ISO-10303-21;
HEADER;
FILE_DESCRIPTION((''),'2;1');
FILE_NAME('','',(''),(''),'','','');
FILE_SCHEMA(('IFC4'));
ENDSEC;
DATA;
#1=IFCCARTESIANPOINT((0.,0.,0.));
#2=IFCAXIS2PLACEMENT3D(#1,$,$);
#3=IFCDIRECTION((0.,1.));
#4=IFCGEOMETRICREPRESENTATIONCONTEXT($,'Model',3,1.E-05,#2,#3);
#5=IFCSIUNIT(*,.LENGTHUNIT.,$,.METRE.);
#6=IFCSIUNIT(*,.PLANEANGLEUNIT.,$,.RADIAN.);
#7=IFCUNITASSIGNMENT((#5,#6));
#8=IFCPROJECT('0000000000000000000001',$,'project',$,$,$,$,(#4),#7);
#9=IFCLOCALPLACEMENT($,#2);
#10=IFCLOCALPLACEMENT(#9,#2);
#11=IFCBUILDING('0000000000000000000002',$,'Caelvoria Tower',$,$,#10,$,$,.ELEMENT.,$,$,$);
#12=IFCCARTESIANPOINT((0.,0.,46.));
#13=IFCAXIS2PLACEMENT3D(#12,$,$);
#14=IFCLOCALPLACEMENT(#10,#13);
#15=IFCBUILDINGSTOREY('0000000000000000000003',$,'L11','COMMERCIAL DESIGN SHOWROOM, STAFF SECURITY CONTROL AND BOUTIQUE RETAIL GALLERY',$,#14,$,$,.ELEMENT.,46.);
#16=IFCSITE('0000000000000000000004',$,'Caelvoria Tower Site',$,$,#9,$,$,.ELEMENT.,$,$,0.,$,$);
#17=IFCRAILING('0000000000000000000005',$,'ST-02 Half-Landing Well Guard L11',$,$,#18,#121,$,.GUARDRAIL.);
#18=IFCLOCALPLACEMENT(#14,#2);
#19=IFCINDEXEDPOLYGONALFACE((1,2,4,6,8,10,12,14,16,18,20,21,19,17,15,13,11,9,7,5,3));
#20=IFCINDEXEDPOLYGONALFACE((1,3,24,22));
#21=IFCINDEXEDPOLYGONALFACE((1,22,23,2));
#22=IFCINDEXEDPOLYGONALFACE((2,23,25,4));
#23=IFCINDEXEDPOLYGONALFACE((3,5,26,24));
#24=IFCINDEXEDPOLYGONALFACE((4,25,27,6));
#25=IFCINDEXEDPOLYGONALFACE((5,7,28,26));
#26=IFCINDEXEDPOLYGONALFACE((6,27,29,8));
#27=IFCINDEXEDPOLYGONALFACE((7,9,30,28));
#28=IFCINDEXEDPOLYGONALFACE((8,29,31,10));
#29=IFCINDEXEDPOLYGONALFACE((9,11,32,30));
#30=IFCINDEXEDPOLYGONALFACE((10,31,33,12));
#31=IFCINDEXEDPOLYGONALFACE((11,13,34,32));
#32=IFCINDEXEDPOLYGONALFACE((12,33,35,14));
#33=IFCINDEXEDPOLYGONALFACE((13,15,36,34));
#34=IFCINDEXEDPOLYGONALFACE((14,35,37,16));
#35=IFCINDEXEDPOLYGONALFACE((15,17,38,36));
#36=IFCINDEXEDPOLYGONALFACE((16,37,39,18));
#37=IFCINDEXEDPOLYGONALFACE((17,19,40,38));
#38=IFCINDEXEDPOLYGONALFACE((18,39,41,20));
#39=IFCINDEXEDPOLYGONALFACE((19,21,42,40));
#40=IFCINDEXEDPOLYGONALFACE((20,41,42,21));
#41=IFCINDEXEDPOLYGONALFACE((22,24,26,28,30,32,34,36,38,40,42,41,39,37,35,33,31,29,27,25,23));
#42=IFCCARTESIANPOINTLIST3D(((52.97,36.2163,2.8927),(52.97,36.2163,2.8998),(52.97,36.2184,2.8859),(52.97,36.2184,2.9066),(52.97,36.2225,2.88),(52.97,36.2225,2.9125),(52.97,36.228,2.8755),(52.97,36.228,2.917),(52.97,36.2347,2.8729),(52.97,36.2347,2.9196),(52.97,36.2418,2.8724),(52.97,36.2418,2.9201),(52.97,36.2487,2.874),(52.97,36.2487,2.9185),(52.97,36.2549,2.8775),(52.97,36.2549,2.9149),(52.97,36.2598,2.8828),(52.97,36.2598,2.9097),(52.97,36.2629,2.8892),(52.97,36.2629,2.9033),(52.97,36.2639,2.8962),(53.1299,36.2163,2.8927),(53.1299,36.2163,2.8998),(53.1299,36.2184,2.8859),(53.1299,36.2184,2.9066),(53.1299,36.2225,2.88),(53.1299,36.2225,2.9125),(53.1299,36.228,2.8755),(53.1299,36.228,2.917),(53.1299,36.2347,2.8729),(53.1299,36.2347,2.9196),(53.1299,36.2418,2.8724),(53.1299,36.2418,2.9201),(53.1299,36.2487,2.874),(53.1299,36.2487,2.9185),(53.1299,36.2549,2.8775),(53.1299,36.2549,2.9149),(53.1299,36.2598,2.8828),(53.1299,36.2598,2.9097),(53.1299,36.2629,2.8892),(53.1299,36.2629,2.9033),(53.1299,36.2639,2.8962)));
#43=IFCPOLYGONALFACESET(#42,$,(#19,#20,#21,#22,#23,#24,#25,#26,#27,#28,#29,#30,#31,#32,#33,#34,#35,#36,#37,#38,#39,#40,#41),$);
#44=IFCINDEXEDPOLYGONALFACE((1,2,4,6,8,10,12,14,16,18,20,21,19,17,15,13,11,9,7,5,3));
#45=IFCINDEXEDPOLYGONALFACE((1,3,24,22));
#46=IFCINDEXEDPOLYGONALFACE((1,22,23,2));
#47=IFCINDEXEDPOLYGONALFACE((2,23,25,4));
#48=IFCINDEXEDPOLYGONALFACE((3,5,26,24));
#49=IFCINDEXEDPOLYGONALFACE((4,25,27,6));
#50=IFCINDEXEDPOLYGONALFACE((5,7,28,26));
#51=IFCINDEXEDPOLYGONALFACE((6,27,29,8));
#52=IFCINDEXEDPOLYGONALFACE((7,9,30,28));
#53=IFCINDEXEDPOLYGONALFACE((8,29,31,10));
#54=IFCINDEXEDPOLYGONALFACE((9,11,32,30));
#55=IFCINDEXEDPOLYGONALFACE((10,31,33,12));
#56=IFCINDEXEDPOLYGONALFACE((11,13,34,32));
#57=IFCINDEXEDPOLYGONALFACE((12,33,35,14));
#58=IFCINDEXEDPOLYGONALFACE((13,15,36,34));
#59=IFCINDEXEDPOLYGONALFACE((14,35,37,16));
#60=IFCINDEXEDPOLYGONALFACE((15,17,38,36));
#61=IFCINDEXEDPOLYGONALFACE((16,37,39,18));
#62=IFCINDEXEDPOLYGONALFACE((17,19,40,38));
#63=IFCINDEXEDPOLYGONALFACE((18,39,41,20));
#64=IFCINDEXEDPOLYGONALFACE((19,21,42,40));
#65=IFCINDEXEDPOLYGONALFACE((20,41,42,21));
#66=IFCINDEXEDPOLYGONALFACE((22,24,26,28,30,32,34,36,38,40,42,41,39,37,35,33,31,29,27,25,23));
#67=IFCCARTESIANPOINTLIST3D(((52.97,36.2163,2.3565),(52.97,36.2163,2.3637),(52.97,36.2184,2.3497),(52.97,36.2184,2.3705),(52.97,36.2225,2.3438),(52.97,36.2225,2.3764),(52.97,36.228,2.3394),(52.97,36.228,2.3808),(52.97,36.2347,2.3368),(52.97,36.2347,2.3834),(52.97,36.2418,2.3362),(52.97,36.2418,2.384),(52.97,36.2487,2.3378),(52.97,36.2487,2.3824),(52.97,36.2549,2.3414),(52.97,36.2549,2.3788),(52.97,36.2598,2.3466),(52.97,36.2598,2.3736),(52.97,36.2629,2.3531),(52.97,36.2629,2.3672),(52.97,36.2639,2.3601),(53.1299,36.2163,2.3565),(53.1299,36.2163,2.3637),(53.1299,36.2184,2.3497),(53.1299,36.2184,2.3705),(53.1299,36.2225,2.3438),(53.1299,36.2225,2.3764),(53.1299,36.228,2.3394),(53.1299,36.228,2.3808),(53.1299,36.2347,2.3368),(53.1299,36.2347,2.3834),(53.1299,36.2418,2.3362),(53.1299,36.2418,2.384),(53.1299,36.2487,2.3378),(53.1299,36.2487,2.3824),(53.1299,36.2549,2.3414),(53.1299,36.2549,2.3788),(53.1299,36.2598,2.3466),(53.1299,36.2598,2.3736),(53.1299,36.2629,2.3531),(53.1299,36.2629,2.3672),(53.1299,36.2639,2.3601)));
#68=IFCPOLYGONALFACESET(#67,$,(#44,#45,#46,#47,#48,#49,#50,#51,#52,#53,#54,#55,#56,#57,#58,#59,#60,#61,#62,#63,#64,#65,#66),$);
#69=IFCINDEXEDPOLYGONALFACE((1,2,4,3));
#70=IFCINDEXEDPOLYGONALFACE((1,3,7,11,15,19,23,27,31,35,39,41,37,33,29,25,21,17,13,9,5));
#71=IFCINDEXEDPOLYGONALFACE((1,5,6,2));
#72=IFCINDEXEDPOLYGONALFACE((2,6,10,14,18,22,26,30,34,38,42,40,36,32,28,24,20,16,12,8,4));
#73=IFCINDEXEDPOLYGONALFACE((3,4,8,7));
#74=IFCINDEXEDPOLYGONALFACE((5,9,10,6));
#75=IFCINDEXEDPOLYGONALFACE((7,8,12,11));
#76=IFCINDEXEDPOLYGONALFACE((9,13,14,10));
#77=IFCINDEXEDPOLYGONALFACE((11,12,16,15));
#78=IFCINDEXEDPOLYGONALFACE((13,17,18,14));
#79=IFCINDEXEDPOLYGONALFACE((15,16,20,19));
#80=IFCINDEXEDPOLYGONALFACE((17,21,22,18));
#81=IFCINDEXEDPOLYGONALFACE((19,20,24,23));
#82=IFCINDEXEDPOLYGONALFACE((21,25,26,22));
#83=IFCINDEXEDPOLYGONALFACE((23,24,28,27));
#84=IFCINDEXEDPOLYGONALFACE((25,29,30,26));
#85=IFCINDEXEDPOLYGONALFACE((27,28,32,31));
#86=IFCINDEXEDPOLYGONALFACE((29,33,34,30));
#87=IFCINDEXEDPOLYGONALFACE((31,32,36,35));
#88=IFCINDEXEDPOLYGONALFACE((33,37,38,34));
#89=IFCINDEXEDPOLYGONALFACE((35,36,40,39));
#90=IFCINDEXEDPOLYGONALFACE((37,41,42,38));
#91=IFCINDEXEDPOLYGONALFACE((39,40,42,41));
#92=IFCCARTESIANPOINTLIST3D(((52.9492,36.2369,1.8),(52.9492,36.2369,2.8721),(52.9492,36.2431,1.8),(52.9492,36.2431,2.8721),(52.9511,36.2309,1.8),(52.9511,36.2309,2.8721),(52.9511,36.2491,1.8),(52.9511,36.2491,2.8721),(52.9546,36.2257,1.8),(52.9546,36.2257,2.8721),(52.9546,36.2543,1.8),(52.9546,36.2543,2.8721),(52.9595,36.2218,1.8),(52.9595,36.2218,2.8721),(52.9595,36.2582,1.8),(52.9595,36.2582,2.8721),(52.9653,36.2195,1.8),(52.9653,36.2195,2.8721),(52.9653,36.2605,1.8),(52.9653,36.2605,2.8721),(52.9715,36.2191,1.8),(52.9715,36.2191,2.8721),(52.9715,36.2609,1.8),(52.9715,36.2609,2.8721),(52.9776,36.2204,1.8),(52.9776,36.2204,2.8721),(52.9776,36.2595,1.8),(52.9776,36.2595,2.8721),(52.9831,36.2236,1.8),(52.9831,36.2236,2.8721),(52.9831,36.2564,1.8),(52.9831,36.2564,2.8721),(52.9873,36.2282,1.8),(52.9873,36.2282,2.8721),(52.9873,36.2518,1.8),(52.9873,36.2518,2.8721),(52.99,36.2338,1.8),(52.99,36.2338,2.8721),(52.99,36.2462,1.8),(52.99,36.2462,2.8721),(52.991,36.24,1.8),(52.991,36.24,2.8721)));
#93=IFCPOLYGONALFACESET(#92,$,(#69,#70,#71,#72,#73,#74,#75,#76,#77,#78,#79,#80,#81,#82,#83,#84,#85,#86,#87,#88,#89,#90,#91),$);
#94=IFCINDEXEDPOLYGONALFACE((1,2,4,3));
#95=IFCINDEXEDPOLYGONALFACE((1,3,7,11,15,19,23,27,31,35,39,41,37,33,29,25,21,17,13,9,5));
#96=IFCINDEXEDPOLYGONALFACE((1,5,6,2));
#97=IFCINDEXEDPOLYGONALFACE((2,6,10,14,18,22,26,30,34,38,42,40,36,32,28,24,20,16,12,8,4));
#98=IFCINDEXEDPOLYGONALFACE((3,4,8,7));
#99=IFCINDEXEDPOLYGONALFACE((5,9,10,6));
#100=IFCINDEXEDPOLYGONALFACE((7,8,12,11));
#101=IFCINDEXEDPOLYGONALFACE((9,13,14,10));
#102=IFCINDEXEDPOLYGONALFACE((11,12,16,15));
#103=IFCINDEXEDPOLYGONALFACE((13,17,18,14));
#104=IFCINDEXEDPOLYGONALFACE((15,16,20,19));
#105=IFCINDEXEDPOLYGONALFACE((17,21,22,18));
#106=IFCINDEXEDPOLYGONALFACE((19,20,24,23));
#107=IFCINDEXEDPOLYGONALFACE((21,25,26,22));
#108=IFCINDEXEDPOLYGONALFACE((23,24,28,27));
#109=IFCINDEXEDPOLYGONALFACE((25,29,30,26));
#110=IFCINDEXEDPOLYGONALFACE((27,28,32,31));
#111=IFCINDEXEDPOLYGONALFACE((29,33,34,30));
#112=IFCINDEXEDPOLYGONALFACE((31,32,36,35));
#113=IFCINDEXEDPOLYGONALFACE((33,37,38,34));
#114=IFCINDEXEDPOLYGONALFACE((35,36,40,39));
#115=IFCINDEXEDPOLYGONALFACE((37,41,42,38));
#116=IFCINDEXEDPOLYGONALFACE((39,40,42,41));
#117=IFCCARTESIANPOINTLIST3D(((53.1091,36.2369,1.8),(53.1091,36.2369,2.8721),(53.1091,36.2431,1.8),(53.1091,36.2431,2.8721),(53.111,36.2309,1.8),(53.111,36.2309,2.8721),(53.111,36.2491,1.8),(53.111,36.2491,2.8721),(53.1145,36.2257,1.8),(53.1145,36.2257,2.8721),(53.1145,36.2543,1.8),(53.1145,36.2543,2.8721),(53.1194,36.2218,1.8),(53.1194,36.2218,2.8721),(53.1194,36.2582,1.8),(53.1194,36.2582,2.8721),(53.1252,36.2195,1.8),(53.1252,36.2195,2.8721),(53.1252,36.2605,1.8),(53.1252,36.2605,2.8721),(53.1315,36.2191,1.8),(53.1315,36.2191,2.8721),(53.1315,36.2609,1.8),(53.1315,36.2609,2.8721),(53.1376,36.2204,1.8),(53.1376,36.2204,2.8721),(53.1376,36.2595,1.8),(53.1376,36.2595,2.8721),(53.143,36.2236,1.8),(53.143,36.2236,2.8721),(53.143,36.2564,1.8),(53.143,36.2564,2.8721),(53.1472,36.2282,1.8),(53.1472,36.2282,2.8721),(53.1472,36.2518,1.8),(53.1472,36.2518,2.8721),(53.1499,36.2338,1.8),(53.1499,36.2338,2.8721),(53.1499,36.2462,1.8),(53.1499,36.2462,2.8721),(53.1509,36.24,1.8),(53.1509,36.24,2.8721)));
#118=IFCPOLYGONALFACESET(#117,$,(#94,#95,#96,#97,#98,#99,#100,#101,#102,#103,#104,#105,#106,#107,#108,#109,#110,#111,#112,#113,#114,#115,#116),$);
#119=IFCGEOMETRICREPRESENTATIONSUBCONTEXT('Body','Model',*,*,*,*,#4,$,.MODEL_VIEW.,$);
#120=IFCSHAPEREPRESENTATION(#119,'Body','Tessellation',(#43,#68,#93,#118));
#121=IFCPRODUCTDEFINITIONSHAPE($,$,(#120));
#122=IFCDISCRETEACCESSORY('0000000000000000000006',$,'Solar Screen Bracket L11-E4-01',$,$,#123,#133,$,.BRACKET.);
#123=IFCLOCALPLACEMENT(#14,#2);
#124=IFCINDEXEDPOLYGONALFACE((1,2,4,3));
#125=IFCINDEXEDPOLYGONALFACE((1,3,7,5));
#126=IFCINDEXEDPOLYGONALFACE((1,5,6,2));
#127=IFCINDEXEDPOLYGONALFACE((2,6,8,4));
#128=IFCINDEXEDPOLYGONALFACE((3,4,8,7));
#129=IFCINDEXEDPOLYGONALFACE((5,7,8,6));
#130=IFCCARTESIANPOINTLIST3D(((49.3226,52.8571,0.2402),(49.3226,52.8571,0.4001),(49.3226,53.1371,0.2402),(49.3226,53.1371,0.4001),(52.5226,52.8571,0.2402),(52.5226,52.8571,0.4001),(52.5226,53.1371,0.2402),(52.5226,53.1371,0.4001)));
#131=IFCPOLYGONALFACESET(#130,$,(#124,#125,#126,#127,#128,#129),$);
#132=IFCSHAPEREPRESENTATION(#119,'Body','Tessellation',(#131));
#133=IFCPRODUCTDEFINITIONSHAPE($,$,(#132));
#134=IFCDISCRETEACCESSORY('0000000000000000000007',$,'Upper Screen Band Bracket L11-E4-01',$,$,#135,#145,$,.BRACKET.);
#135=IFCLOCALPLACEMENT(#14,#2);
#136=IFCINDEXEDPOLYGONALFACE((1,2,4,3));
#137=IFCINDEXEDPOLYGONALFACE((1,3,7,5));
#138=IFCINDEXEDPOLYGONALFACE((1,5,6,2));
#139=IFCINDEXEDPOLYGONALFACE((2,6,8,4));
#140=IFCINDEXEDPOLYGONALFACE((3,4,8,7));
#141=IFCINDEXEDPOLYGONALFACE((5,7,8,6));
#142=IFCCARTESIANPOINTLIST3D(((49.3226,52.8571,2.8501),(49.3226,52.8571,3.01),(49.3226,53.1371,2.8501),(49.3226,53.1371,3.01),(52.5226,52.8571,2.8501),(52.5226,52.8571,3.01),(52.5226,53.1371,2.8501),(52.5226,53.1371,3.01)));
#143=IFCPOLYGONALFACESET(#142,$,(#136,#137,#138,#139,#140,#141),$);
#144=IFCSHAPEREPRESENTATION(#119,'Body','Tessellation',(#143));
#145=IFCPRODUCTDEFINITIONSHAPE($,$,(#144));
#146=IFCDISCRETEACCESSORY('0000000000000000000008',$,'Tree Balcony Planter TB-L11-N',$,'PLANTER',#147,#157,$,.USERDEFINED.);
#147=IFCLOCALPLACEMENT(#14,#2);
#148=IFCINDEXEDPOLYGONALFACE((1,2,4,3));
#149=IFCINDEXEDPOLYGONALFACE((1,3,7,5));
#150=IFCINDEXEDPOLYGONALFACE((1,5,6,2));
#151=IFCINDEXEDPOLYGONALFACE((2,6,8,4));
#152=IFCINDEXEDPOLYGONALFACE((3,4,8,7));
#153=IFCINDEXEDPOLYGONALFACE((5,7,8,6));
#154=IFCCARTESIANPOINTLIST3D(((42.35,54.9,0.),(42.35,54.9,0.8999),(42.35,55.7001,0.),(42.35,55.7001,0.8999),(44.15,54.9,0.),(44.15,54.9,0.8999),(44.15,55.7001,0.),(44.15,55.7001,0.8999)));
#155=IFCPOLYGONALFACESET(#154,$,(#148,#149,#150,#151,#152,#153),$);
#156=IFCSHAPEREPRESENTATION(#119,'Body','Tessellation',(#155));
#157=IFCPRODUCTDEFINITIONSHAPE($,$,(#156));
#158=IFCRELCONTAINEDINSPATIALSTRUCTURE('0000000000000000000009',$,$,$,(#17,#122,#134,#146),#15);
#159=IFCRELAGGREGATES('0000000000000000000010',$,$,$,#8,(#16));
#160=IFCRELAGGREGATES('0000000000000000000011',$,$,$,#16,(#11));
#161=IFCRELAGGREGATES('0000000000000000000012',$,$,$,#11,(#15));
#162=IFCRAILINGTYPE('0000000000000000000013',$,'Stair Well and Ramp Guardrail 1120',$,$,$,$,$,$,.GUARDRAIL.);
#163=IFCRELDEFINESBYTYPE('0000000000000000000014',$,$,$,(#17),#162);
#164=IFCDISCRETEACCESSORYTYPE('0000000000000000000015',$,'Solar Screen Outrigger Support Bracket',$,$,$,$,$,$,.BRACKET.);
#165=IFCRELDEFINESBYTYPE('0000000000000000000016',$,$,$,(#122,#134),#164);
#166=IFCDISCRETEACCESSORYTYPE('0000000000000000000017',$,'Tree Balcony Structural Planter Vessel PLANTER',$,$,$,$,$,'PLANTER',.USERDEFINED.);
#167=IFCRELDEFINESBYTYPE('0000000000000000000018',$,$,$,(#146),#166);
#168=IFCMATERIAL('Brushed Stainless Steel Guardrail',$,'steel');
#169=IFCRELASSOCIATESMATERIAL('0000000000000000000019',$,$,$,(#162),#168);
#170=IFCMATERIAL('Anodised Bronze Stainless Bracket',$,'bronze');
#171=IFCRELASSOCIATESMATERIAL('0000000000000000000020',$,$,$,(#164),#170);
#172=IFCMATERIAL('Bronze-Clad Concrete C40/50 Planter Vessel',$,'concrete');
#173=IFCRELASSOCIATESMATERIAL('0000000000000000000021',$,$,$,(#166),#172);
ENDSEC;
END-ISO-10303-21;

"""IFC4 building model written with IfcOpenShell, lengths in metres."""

from ifc_helpers import new_model, si_unit, direction, frame, origin, origin_2d, place, context, subcontext, project, spatial, rectangle, circle, extrude, material, type_object, element, save


model = new_model("IFC4")

# Units and contexts
model_context = context("Model", 3, precision=1e-05, world=origin(), true_north=direction((0.0, 1.0)))
body_context = subcontext(model_context, "Body", "Model", "MODEL_VIEW")
ifc_project = project(units=[si_unit("LENGTHUNIT", "METRE"), si_unit("PLANEANGLEUNIT", "RADIAN")], contexts=[model_context])

# Site, building, storey
site_placement = place(None, origin())
site = spatial("IfcSite", under=ifc_project, at=site_placement, Name="Caelvoria Tower Site", CompositionType="ELEMENT", RefElevation=0.0)
building_placement = place(site_placement, origin())
building = spatial("IfcBuilding", under=site, at=building_placement, Name="Caelvoria Tower", CompositionType="ELEMENT")
storey_placement = place(building_placement, frame((0.0, 0.0, 46.0)))
storey = spatial("IfcBuildingStorey", under=building, at=storey_placement, Name="L11", Description="COMMERCIAL DESIGN SHOWROOM, STAFF SECURITY CONTROL AND BOUTIQUE RETAIL GALLERY", CompositionType="ELEMENT", Elevation=46.0)

# Railing
ifc_material_1 = material(Name="Brushed Stainless Steel Guardrail", Category="steel")
railing_type_1 = type_object("IfcRailingType", Name="Stair Well and Ramp Guardrail 1120", PredefinedType="GUARDRAIL", material=ifc_material_1)
railing_1_placement = place(storey_placement, frame((52.97, 36.24, 1.8)))
element("IfcRailing", 1, at=railing_1_placement, inside=storey, type_object=railing_type_1, Name="ST-02 Half-Landing Well Guard L11", PredefinedType="GUARDRAIL", context=body_context, shape_type="SweptSolid", body=[
    extrude(circle(Radius=0.0239, at=origin_2d()), frame((0.0, 0.0, 1.0962), z_axis=(1.0, 0.0, 0.0), x_axis=(0.0, 1.0, 0.0)), (0.0, 0.0, 1.0), 0.1599),
    extrude(circle(Radius=0.0239, at=origin_2d()), frame((0.0, 0.0, 0.5601), z_axis=(1.0, 0.0, 0.0), x_axis=(0.0, 1.0, 0.0)), (0.0, 0.0, 1.0), 0.1599),
    extrude(circle(Radius=0.021, at=origin_2d()), origin(), (0.0, 0.0, 1.0), 1.072),
    extrude(circle(Radius=0.021, at=origin_2d()), frame((0.1599, 0.0, 0.0)), (0.0, 0.0, 1.0), 1.072),
])

# Discrete accessories
ifc_material_2 = material(Name="Anodised Bronze Stainless Bracket", Category="bronze")
discrete_accessory_type_1 = type_object("IfcDiscreteAccessoryType", Name="Solar Screen Outrigger Support Bracket", PredefinedType="BRACKET", material=ifc_material_2)
for number, where, z_axis, x_axis, name in (
    (2, (50.9226, 52.9971, 0.2402), (0.0, 0.0, 1.0), (-1.0, 0.0, 0.0), "Solar Screen Bracket L11-E4-01"),
    (3, (50.9226, 52.9971, 2.8501), (0.0, 0.0, 1.0), (-1.0, 0.0, 0.0), "Upper Screen Band Bracket L11-E4-01"),
):
    element("IfcDiscreteAccessory", number, at=place(storey_placement, frame(where, z_axis=z_axis, x_axis=x_axis)), inside=storey, type_object=discrete_accessory_type_1, Name=name, PredefinedType="BRACKET", context=body_context, shape_type="SweptSolid", body=[
        extrude(rectangle(XDim=3.2, YDim=0.28, at=origin_2d()), origin(), (0.0, 0.0, 1.0), 0.1599),
    ])
ifc_material_3 = material(Name="Bronze-Clad Concrete C40/50 Planter Vessel", Category="concrete")
discrete_accessory_type_2 = type_object("IfcDiscreteAccessoryType", Name="Tree Balcony Structural Planter Vessel PLANTER", ElementType="PLANTER", PredefinedType="USERDEFINED", material=ifc_material_3)
discrete_accessory_placement = place(storey_placement, frame((43.25, 55.3, 0.0), z_axis=(0.0, 0.0, 1.0), x_axis=(1.0, 0.0, 0.0)))
element("IfcDiscreteAccessory", 4, at=discrete_accessory_placement, inside=storey, type_object=discrete_accessory_type_2, Name="Tree Balcony Planter TB-L11-N", ObjectType="PLANTER", PredefinedType="USERDEFINED", context=body_context, shape_type="SweptSolid", body=[
    extrude(rectangle(XDim=1.8, YDim=0.8, at=origin_2d()), origin(), (0.0, 0.0, 1.0), 0.8999),
])

save(model, "model.ifc")
